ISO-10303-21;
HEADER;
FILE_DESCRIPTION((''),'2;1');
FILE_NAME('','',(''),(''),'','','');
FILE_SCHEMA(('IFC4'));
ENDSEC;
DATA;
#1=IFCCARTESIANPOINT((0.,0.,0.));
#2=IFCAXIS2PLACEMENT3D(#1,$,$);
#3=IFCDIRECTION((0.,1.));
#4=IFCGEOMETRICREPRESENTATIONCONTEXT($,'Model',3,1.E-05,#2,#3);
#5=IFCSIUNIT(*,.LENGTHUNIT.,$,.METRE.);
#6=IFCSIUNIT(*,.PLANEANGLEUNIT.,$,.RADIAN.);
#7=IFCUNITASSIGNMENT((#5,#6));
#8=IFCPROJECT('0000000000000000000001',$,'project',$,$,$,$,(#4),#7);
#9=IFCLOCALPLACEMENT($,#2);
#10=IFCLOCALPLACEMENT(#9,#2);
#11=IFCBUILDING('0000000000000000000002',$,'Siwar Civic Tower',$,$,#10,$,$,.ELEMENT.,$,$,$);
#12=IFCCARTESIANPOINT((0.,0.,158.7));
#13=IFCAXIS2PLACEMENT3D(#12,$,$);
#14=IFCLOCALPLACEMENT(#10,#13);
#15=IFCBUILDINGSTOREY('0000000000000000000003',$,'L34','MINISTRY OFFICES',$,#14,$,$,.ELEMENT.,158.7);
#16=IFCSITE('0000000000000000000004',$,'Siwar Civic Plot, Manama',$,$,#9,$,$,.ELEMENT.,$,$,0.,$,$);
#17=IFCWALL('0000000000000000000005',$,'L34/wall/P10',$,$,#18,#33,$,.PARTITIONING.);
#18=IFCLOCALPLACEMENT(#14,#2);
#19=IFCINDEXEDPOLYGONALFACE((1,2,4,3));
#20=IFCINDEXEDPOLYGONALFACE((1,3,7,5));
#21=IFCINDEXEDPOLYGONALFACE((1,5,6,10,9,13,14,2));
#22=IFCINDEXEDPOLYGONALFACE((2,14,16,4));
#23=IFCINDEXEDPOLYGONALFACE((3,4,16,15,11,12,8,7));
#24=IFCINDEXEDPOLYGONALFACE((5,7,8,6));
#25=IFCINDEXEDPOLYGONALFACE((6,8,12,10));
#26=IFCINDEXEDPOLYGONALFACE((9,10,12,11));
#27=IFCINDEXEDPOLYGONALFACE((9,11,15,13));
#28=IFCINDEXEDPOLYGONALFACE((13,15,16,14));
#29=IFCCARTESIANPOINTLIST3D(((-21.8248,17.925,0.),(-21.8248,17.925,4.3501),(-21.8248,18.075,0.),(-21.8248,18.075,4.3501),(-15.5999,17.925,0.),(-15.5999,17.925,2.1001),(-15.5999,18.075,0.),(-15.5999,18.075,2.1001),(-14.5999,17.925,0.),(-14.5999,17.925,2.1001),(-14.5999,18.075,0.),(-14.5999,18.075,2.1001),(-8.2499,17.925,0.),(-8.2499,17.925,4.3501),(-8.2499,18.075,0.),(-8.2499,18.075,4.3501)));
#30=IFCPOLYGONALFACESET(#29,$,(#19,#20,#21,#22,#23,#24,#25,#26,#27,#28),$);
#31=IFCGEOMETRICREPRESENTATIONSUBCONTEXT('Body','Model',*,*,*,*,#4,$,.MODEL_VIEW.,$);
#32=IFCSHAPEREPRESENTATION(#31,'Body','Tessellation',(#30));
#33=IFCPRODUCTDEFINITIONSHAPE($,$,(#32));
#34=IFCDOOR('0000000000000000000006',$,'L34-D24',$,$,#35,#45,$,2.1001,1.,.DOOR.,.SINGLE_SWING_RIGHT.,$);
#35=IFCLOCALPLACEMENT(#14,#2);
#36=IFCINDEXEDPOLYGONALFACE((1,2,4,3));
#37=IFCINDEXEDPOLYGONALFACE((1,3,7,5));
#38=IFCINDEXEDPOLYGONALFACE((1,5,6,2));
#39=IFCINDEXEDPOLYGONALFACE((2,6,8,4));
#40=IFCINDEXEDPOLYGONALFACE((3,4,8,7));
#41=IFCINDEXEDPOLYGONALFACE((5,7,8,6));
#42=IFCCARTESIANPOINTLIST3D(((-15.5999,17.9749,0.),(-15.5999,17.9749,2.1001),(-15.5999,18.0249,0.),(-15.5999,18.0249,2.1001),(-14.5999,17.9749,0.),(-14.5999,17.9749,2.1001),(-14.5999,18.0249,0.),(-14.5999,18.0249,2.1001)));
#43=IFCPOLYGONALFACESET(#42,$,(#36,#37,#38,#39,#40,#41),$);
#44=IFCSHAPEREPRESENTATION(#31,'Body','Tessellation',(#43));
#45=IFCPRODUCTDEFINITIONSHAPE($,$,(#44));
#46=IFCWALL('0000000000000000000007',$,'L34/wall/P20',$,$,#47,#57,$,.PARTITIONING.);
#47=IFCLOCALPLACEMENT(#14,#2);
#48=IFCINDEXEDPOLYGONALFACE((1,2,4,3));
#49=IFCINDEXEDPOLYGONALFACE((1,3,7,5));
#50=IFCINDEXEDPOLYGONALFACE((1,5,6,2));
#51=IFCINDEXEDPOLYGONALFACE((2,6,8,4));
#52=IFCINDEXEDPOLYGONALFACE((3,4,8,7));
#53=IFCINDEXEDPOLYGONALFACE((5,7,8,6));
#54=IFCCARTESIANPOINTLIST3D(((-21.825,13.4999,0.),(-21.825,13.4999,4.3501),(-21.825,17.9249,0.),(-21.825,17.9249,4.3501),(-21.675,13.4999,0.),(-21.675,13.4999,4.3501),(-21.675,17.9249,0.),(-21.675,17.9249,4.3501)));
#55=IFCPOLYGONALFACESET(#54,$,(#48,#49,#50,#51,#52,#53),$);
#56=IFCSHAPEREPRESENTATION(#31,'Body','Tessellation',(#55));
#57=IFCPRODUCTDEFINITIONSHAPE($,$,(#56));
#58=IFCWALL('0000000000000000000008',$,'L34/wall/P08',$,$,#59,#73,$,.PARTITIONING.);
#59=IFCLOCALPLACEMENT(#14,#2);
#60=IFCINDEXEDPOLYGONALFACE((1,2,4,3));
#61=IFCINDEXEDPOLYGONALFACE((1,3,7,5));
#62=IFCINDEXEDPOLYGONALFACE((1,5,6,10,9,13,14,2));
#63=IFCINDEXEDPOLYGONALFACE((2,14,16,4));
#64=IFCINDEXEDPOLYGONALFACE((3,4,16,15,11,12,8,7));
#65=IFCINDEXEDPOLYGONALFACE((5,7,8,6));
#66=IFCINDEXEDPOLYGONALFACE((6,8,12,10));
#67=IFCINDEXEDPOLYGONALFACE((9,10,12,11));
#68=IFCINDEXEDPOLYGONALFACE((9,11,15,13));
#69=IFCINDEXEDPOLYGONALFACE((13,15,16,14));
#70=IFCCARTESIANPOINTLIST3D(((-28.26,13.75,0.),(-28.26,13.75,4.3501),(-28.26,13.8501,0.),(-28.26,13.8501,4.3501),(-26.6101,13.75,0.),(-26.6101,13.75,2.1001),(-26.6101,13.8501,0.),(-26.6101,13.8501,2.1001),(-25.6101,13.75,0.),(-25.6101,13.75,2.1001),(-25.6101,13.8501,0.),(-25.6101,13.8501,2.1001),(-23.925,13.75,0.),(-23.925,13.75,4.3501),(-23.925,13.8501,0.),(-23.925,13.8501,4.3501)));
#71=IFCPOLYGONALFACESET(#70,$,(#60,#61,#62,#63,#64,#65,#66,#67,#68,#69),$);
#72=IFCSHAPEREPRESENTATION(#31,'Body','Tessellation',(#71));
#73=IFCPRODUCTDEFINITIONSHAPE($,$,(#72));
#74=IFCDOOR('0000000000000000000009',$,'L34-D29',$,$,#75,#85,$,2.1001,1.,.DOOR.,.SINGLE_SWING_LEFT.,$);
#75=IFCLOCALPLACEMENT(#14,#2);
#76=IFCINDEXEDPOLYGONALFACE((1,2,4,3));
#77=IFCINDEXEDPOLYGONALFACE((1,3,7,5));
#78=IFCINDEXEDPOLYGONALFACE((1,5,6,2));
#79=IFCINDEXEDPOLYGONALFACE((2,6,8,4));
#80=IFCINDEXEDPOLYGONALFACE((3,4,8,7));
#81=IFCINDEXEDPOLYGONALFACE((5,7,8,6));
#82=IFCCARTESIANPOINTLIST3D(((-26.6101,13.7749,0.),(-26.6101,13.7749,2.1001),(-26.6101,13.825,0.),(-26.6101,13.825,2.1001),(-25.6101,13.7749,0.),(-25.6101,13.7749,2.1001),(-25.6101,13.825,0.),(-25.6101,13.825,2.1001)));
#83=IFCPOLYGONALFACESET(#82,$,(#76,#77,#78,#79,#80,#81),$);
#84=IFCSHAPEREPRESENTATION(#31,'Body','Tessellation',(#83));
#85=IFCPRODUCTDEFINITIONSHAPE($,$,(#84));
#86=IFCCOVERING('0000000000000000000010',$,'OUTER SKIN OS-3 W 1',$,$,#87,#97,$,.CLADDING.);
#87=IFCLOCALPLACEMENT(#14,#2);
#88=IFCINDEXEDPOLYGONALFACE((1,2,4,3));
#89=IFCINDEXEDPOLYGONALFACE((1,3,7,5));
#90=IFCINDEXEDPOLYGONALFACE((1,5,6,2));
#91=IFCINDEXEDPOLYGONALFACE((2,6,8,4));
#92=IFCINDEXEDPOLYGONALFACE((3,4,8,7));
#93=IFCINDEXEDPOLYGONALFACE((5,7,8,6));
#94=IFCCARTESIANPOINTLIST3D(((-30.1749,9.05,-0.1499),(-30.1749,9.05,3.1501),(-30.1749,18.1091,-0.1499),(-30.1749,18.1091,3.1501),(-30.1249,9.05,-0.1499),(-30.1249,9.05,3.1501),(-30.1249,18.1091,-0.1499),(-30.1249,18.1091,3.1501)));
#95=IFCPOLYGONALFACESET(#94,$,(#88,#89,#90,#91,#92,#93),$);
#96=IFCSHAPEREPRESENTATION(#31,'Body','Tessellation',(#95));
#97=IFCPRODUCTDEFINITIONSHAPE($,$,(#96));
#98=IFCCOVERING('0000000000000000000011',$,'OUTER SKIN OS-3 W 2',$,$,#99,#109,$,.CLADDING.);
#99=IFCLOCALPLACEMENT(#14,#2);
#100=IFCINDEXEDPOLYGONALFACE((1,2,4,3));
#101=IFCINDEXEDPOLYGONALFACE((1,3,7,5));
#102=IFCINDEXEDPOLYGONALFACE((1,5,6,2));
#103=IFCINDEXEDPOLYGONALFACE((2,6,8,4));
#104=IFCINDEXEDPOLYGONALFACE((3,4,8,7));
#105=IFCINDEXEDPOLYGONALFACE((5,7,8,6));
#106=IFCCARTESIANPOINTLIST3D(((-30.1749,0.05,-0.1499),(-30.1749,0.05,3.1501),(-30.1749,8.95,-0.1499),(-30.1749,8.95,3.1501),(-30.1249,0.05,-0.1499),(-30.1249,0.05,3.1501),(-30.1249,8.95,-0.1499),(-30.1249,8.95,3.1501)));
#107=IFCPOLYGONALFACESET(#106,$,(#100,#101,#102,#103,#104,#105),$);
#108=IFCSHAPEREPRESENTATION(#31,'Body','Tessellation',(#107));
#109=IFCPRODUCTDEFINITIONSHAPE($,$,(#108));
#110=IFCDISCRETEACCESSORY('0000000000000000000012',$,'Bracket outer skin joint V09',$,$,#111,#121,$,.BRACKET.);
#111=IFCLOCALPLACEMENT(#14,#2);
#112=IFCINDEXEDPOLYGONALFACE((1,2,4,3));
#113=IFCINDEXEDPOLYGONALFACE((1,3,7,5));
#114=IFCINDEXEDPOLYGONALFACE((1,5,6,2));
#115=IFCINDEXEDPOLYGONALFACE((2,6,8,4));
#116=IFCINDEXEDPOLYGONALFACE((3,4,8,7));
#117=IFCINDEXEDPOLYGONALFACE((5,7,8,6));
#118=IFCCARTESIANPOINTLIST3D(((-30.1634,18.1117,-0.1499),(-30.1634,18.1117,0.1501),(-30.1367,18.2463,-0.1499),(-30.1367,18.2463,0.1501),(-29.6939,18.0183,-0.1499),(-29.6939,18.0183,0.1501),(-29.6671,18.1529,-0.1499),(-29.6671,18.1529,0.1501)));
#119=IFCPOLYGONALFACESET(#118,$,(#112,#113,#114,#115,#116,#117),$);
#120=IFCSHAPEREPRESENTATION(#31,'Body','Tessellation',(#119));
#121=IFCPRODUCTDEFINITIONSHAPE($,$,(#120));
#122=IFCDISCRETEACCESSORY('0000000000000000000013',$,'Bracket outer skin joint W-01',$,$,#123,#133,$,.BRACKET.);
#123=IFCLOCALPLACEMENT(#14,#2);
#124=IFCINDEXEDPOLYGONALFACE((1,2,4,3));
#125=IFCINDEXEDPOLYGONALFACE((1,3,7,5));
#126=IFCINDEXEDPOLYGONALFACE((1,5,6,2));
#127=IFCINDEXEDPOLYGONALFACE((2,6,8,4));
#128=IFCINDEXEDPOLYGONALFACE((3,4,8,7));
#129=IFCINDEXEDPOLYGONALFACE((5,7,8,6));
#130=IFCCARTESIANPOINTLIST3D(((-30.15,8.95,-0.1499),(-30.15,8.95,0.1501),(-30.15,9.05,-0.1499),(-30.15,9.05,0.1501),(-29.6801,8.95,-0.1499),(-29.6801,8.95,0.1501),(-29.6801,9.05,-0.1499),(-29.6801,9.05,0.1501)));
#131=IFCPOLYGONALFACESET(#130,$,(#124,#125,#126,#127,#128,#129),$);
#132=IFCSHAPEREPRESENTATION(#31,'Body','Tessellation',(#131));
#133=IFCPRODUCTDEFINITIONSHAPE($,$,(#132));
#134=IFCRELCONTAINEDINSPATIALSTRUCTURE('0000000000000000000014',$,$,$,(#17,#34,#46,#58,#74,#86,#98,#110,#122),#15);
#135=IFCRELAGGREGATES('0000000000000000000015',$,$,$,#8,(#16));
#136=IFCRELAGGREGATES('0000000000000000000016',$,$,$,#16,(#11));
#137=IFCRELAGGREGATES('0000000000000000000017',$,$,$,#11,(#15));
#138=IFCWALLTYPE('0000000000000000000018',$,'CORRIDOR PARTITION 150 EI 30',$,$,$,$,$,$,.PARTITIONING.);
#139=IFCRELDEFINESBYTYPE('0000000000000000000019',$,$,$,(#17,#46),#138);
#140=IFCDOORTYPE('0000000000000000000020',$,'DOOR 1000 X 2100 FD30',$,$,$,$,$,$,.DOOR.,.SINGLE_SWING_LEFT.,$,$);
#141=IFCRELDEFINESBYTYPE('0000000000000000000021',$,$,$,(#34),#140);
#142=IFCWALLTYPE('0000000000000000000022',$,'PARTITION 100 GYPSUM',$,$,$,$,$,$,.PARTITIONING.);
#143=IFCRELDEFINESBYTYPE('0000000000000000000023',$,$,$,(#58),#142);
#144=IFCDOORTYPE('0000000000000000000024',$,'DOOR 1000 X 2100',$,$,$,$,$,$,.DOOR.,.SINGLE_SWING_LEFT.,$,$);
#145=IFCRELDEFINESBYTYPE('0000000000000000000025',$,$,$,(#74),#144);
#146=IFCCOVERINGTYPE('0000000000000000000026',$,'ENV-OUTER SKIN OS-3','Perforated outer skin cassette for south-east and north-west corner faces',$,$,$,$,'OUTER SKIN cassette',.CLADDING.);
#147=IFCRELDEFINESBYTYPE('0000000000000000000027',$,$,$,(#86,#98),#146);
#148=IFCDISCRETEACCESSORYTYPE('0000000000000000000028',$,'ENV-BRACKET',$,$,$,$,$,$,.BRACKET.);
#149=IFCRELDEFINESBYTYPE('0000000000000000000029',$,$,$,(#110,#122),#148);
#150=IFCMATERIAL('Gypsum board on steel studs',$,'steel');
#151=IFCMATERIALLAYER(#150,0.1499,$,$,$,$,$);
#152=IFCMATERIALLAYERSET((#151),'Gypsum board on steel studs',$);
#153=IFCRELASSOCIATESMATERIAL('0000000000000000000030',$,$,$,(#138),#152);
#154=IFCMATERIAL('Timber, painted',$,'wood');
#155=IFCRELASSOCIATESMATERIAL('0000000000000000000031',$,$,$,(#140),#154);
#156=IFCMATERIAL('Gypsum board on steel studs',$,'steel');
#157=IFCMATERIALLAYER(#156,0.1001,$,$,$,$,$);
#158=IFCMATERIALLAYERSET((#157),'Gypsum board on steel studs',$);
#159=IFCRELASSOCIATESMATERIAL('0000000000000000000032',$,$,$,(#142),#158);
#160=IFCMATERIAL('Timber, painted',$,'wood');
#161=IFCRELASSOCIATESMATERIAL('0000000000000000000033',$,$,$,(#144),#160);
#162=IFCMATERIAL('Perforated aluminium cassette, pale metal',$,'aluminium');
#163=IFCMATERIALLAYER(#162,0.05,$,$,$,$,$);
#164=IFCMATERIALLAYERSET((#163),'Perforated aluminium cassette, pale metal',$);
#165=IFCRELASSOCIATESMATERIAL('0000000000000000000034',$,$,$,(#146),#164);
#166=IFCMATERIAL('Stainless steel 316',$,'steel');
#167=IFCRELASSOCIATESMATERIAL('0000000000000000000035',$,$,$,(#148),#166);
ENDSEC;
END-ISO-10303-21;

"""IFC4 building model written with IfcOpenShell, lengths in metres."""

from ifc_helpers import new_model, si_unit, direction, frame, frame_2d, origin, origin_2d, place, context, subcontext, project, spatial, rectangle, extrude, material, layer, layer_set, type_object, element, fill, save


model = new_model("IFC4")

# Units and contexts
model_context = context("Model", 3, precision=1e-05, world=origin(), true_north=direction((0.0, 1.0)))
body_context = subcontext(model_context, "Body", "Model", "MODEL_VIEW")
ifc_project = project(units=[si_unit("LENGTHUNIT", "METRE"), si_unit("PLANEANGLEUNIT", "RADIAN")], contexts=[model_context])

# Site, building, storey
site_placement = place(None, origin())
site = spatial("IfcSite", under=ifc_project, at=site_placement, Name="Siwar Civic Plot, Manama", CompositionType="ELEMENT", RefElevation=0.0)
building_placement = place(site_placement, origin())
building = spatial("IfcBuilding", under=site, at=building_placement, Name="Siwar Civic Tower", CompositionType="ELEMENT")
storey_placement = place(building_placement, frame((0.0, 0.0, 158.7)))
storey = spatial("IfcBuildingStorey", under=building, at=storey_placement, Name="L34", Description="MINISTRY OFFICES", CompositionType="ELEMENT", Elevation=158.7)

# Wall, opening, door
ifc_material_1 = material(Name="Gypsum board on steel studs", Category="steel")
ifc_layer_1 = layer(ifc_material_1, 0.1499)
ifc_layer_set_1 = layer_set([ifc_layer_1], Name="Gypsum board on steel studs")
wall_type_1 = type_object("IfcWallType", Name="CORRIDOR PARTITION 150 EI 30", PredefinedType="PARTITIONING", material=ifc_layer_set_1)
ifc_material_2 = material(Name="Timber, painted", Category="wood")
door_type_1 = type_object("IfcDoorType", Name="DOOR 1000 X 2100 FD30", OperationType="SINGLE_SWING_LEFT", PredefinedType="DOOR", material=ifc_material_2)
wall_1_placement = place(storey_placement, frame((-21.825, 18.0, 0.0), z_axis=(0.0, 0.0, 1.0), x_axis=(1.0, 0.0, 0.0)))
wall_1 = element("IfcWall", 1, at=wall_1_placement, inside=storey, type_object=wall_type_1, Name="L34/wall/P10", PredefinedType="PARTITIONING", context=body_context, shape_type="SweptSolid", body=[
    extrude(rectangle(XDim=13.575, YDim=0.1499, at=frame_2d((6.7876, 0.0))), origin(), (0.0, 0.0, 1.0), 4.3501),
])
opening_1_placement = place(wall_1_placement, frame((6.2251, 0.0, 0.0)))
opening_1 = element("IfcOpeningElement", 2, at=opening_1_placement, cuts=wall_1, PredefinedType="OPENING", context=body_context, shape_type="SweptSolid", body=[
    extrude(rectangle(XDim=1.0, YDim=2.1001, at=frame_2d((0.5, 1.05))), frame((0.0, 0.085, 0.0), z_axis=(0.0, -1.0, 0.0), x_axis=(1.0, 0.0, 0.0)), (0.0, 0.0, 1.0), 0.1699),
])
door_1_placement = place(opening_1_placement, origin())
door_1 = element("IfcDoor", 3, at=door_1_placement, inside=storey, type_object=door_type_1, Name="L34-D24", OperationType="SINGLE_SWING_RIGHT", OverallHeight=2.1001, OverallWidth=1.0, PredefinedType="DOOR", context=body_context, shape_type="SweptSolid", body=[
    extrude(rectangle(XDim=1.0, YDim=2.1001, at=frame_2d((0.5, 1.05))), frame((0.0, 0.0249, 0.0), z_axis=(0.0, -1.0, 0.0), x_axis=(1.0, 0.0, 0.0)), (0.0, 0.0, 1.0), 0.05),
])
fill(opening_1, door_1)

# Wall
wall_2_placement = place(storey_placement, frame((-21.75, 13.5, 0.0), z_axis=(0.0, 0.0, 1.0), x_axis=(0.0, 1.0, 0.0)))
element("IfcWall", 4, at=wall_2_placement, inside=storey, type_object=wall_type_1, Name="L34/wall/P20", PredefinedType="PARTITIONING", context=body_context, shape_type="SweptSolid", body=[
    extrude(rectangle(XDim=4.425, YDim=0.1499, at=frame_2d((2.2124, 0.0))), origin(), (0.0, 0.0, 1.0), 4.3501),
])

# Wall, opening, door
ifc_material_3 = material(Name="Gypsum board on steel studs", Category="steel")
ifc_layer_2 = layer(ifc_material_3, 0.1001)
ifc_layer_set_2 = layer_set([ifc_layer_2], Name="Gypsum board on steel studs")
wall_type_2 = type_object("IfcWallType", Name="PARTITION 100 GYPSUM", PredefinedType="PARTITIONING", material=ifc_layer_set_2)
wall_3_placement = place(storey_placement, frame((-28.26, 13.8, 0.0), z_axis=(0.0, 0.0, 1.0), x_axis=(1.0, 0.0, 0.0)))
wall_3 = element("IfcWall", 5, at=wall_3_placement, inside=storey, type_object=wall_type_2, Name="L34/wall/P08", PredefinedType="PARTITIONING", context=body_context, shape_type="SweptSolid", body=[
    extrude(rectangle(XDim=4.335, YDim=0.1001, at=frame_2d((2.1675, 0.0))), origin(), (0.0, 0.0, 1.0), 4.3501),
])
opening_2_placement = place(wall_3_placement, frame((1.6499, 0.0, 0.0)))
opening_2 = element("IfcOpeningElement", 6, at=opening_2_placement, cuts=wall_3, PredefinedType="OPENING", context=body_context, shape_type="SweptSolid", body=[
    extrude(rectangle(XDim=1.0, YDim=2.1001, at=frame_2d((0.5, 1.05))), frame((0.0, 0.0601, 0.0), z_axis=(0.0, -1.0, 0.0), x_axis=(1.0, 0.0, 0.0)), (0.0, 0.0, 1.0), 0.1201),
])
ifc_material_4 = material(Name="Timber, painted", Category="wood")
door_type_2 = type_object("IfcDoorType", Name="DOOR 1000 X 2100", OperationType="SINGLE_SWING_LEFT", PredefinedType="DOOR", material=ifc_material_4)
door_2_placement = place(opening_2_placement, origin())
door_2 = element("IfcDoor", 7, at=door_2_placement, inside=storey, type_object=door_type_2, Name="L34-D29", OperationType="SINGLE_SWING_LEFT", OverallHeight=2.1001, OverallWidth=1.0, PredefinedType="DOOR", context=body_context, shape_type="SweptSolid", body=[
    extrude(rectangle(XDim=1.0, YDim=2.1001, at=frame_2d((0.5, 1.05))), frame((0.0, 0.0249, 0.0), z_axis=(0.0, -1.0, 0.0), x_axis=(1.0, 0.0, 0.0)), (0.0, 0.0, 1.0), 0.05),
])
fill(opening_2, door_2)

# Coverings
ifc_material_5 = material(Name="Perforated aluminium cassette, pale metal", Category="aluminium")
ifc_layer_3 = layer(ifc_material_5, 0.05)
ifc_layer_set_3 = layer_set([ifc_layer_3], Name="Perforated aluminium cassette, pale metal")
covering_type = type_object("IfcCoveringType", Name="ENV-OUTER SKIN OS-3", Description="Perforated outer skin cassette for south-east and north-west corner faces", ElementType="OUTER SKIN cassette", PredefinedType="CLADDING", material=ifc_layer_set_3)
covering_1_placement = place(storey_placement, frame((-30.1499, 13.5796, -0.1499), z_axis=(0.0, 0.0, 1.0), x_axis=(0.0, -1.0, 0.0)))
element("IfcCovering", 8, at=covering_1_placement, inside=storey, type_object=covering_type, Name="OUTER SKIN OS-3 W 1", PredefinedType="CLADDING", context=body_context, shape_type="SweptSolid", body=[
    extrude(rectangle(XDim=9.0591, YDim=0.05, at=origin_2d()), origin(), (0.0, 0.0, 1.0), 3.3),
])
covering_2_placement = place(storey_placement, frame((-30.1499, 4.5, -0.1499), z_axis=(0.0, 0.0, 1.0), x_axis=(0.0, -1.0, 0.0)))
element("IfcCovering", 9, at=covering_2_placement, inside=storey, type_object=covering_type, Name="OUTER SKIN OS-3 W 2", PredefinedType="CLADDING", context=body_context, shape_type="SweptSolid", body=[
    extrude(rectangle(XDim=8.8999, YDim=0.05, at=origin_2d()), origin(), (0.0, 0.0, 1.0), 3.3),
])

# Discrete accessories
ifc_material_6 = material(Name="Stainless steel 316", Category="steel")
discrete_accessory_type = type_object("IfcDiscreteAccessoryType", Name="ENV-BRACKET", PredefinedType="BRACKET", material=ifc_material_6)
discrete_accessory_1_placement = place(storey_placement, frame((-29.9153, 18.1323, -0.1499), z_axis=(0.0, 0.0, 1.0), x_axis=(-0.980785, 0.19509, 0.0)))
element("IfcDiscreteAccessory", 10, at=discrete_accessory_1_placement, inside=storey, type_object=discrete_accessory_type, Name="Bracket outer skin joint V09", PredefinedType="BRACKET", context=body_context, shape_type="SweptSolid", body=[
    extrude(rectangle(XDim=0.4788, YDim=0.1372, at=origin_2d()), origin(), (0.0, 0.0, 1.0), 0.3),
])
discrete_accessory_2_placement = place(storey_placement, frame((-29.915, 9.0, -0.1499), z_axis=(0.0, 0.0, 1.0), x_axis=(-1.0, 0.0, 0.0)))
element("IfcDiscreteAccessory", 11, at=discrete_accessory_2_placement, inside=storey, type_object=discrete_accessory_type, Name="Bracket outer skin joint W-01", PredefinedType="BRACKET", context=body_context, shape_type="SweptSolid", body=[
    extrude(rectangle(XDim=0.47, YDim=0.1001, at=origin_2d()), origin(), (0.0, 0.0, 1.0), 0.3),
])

save(model, "model.ifc")
